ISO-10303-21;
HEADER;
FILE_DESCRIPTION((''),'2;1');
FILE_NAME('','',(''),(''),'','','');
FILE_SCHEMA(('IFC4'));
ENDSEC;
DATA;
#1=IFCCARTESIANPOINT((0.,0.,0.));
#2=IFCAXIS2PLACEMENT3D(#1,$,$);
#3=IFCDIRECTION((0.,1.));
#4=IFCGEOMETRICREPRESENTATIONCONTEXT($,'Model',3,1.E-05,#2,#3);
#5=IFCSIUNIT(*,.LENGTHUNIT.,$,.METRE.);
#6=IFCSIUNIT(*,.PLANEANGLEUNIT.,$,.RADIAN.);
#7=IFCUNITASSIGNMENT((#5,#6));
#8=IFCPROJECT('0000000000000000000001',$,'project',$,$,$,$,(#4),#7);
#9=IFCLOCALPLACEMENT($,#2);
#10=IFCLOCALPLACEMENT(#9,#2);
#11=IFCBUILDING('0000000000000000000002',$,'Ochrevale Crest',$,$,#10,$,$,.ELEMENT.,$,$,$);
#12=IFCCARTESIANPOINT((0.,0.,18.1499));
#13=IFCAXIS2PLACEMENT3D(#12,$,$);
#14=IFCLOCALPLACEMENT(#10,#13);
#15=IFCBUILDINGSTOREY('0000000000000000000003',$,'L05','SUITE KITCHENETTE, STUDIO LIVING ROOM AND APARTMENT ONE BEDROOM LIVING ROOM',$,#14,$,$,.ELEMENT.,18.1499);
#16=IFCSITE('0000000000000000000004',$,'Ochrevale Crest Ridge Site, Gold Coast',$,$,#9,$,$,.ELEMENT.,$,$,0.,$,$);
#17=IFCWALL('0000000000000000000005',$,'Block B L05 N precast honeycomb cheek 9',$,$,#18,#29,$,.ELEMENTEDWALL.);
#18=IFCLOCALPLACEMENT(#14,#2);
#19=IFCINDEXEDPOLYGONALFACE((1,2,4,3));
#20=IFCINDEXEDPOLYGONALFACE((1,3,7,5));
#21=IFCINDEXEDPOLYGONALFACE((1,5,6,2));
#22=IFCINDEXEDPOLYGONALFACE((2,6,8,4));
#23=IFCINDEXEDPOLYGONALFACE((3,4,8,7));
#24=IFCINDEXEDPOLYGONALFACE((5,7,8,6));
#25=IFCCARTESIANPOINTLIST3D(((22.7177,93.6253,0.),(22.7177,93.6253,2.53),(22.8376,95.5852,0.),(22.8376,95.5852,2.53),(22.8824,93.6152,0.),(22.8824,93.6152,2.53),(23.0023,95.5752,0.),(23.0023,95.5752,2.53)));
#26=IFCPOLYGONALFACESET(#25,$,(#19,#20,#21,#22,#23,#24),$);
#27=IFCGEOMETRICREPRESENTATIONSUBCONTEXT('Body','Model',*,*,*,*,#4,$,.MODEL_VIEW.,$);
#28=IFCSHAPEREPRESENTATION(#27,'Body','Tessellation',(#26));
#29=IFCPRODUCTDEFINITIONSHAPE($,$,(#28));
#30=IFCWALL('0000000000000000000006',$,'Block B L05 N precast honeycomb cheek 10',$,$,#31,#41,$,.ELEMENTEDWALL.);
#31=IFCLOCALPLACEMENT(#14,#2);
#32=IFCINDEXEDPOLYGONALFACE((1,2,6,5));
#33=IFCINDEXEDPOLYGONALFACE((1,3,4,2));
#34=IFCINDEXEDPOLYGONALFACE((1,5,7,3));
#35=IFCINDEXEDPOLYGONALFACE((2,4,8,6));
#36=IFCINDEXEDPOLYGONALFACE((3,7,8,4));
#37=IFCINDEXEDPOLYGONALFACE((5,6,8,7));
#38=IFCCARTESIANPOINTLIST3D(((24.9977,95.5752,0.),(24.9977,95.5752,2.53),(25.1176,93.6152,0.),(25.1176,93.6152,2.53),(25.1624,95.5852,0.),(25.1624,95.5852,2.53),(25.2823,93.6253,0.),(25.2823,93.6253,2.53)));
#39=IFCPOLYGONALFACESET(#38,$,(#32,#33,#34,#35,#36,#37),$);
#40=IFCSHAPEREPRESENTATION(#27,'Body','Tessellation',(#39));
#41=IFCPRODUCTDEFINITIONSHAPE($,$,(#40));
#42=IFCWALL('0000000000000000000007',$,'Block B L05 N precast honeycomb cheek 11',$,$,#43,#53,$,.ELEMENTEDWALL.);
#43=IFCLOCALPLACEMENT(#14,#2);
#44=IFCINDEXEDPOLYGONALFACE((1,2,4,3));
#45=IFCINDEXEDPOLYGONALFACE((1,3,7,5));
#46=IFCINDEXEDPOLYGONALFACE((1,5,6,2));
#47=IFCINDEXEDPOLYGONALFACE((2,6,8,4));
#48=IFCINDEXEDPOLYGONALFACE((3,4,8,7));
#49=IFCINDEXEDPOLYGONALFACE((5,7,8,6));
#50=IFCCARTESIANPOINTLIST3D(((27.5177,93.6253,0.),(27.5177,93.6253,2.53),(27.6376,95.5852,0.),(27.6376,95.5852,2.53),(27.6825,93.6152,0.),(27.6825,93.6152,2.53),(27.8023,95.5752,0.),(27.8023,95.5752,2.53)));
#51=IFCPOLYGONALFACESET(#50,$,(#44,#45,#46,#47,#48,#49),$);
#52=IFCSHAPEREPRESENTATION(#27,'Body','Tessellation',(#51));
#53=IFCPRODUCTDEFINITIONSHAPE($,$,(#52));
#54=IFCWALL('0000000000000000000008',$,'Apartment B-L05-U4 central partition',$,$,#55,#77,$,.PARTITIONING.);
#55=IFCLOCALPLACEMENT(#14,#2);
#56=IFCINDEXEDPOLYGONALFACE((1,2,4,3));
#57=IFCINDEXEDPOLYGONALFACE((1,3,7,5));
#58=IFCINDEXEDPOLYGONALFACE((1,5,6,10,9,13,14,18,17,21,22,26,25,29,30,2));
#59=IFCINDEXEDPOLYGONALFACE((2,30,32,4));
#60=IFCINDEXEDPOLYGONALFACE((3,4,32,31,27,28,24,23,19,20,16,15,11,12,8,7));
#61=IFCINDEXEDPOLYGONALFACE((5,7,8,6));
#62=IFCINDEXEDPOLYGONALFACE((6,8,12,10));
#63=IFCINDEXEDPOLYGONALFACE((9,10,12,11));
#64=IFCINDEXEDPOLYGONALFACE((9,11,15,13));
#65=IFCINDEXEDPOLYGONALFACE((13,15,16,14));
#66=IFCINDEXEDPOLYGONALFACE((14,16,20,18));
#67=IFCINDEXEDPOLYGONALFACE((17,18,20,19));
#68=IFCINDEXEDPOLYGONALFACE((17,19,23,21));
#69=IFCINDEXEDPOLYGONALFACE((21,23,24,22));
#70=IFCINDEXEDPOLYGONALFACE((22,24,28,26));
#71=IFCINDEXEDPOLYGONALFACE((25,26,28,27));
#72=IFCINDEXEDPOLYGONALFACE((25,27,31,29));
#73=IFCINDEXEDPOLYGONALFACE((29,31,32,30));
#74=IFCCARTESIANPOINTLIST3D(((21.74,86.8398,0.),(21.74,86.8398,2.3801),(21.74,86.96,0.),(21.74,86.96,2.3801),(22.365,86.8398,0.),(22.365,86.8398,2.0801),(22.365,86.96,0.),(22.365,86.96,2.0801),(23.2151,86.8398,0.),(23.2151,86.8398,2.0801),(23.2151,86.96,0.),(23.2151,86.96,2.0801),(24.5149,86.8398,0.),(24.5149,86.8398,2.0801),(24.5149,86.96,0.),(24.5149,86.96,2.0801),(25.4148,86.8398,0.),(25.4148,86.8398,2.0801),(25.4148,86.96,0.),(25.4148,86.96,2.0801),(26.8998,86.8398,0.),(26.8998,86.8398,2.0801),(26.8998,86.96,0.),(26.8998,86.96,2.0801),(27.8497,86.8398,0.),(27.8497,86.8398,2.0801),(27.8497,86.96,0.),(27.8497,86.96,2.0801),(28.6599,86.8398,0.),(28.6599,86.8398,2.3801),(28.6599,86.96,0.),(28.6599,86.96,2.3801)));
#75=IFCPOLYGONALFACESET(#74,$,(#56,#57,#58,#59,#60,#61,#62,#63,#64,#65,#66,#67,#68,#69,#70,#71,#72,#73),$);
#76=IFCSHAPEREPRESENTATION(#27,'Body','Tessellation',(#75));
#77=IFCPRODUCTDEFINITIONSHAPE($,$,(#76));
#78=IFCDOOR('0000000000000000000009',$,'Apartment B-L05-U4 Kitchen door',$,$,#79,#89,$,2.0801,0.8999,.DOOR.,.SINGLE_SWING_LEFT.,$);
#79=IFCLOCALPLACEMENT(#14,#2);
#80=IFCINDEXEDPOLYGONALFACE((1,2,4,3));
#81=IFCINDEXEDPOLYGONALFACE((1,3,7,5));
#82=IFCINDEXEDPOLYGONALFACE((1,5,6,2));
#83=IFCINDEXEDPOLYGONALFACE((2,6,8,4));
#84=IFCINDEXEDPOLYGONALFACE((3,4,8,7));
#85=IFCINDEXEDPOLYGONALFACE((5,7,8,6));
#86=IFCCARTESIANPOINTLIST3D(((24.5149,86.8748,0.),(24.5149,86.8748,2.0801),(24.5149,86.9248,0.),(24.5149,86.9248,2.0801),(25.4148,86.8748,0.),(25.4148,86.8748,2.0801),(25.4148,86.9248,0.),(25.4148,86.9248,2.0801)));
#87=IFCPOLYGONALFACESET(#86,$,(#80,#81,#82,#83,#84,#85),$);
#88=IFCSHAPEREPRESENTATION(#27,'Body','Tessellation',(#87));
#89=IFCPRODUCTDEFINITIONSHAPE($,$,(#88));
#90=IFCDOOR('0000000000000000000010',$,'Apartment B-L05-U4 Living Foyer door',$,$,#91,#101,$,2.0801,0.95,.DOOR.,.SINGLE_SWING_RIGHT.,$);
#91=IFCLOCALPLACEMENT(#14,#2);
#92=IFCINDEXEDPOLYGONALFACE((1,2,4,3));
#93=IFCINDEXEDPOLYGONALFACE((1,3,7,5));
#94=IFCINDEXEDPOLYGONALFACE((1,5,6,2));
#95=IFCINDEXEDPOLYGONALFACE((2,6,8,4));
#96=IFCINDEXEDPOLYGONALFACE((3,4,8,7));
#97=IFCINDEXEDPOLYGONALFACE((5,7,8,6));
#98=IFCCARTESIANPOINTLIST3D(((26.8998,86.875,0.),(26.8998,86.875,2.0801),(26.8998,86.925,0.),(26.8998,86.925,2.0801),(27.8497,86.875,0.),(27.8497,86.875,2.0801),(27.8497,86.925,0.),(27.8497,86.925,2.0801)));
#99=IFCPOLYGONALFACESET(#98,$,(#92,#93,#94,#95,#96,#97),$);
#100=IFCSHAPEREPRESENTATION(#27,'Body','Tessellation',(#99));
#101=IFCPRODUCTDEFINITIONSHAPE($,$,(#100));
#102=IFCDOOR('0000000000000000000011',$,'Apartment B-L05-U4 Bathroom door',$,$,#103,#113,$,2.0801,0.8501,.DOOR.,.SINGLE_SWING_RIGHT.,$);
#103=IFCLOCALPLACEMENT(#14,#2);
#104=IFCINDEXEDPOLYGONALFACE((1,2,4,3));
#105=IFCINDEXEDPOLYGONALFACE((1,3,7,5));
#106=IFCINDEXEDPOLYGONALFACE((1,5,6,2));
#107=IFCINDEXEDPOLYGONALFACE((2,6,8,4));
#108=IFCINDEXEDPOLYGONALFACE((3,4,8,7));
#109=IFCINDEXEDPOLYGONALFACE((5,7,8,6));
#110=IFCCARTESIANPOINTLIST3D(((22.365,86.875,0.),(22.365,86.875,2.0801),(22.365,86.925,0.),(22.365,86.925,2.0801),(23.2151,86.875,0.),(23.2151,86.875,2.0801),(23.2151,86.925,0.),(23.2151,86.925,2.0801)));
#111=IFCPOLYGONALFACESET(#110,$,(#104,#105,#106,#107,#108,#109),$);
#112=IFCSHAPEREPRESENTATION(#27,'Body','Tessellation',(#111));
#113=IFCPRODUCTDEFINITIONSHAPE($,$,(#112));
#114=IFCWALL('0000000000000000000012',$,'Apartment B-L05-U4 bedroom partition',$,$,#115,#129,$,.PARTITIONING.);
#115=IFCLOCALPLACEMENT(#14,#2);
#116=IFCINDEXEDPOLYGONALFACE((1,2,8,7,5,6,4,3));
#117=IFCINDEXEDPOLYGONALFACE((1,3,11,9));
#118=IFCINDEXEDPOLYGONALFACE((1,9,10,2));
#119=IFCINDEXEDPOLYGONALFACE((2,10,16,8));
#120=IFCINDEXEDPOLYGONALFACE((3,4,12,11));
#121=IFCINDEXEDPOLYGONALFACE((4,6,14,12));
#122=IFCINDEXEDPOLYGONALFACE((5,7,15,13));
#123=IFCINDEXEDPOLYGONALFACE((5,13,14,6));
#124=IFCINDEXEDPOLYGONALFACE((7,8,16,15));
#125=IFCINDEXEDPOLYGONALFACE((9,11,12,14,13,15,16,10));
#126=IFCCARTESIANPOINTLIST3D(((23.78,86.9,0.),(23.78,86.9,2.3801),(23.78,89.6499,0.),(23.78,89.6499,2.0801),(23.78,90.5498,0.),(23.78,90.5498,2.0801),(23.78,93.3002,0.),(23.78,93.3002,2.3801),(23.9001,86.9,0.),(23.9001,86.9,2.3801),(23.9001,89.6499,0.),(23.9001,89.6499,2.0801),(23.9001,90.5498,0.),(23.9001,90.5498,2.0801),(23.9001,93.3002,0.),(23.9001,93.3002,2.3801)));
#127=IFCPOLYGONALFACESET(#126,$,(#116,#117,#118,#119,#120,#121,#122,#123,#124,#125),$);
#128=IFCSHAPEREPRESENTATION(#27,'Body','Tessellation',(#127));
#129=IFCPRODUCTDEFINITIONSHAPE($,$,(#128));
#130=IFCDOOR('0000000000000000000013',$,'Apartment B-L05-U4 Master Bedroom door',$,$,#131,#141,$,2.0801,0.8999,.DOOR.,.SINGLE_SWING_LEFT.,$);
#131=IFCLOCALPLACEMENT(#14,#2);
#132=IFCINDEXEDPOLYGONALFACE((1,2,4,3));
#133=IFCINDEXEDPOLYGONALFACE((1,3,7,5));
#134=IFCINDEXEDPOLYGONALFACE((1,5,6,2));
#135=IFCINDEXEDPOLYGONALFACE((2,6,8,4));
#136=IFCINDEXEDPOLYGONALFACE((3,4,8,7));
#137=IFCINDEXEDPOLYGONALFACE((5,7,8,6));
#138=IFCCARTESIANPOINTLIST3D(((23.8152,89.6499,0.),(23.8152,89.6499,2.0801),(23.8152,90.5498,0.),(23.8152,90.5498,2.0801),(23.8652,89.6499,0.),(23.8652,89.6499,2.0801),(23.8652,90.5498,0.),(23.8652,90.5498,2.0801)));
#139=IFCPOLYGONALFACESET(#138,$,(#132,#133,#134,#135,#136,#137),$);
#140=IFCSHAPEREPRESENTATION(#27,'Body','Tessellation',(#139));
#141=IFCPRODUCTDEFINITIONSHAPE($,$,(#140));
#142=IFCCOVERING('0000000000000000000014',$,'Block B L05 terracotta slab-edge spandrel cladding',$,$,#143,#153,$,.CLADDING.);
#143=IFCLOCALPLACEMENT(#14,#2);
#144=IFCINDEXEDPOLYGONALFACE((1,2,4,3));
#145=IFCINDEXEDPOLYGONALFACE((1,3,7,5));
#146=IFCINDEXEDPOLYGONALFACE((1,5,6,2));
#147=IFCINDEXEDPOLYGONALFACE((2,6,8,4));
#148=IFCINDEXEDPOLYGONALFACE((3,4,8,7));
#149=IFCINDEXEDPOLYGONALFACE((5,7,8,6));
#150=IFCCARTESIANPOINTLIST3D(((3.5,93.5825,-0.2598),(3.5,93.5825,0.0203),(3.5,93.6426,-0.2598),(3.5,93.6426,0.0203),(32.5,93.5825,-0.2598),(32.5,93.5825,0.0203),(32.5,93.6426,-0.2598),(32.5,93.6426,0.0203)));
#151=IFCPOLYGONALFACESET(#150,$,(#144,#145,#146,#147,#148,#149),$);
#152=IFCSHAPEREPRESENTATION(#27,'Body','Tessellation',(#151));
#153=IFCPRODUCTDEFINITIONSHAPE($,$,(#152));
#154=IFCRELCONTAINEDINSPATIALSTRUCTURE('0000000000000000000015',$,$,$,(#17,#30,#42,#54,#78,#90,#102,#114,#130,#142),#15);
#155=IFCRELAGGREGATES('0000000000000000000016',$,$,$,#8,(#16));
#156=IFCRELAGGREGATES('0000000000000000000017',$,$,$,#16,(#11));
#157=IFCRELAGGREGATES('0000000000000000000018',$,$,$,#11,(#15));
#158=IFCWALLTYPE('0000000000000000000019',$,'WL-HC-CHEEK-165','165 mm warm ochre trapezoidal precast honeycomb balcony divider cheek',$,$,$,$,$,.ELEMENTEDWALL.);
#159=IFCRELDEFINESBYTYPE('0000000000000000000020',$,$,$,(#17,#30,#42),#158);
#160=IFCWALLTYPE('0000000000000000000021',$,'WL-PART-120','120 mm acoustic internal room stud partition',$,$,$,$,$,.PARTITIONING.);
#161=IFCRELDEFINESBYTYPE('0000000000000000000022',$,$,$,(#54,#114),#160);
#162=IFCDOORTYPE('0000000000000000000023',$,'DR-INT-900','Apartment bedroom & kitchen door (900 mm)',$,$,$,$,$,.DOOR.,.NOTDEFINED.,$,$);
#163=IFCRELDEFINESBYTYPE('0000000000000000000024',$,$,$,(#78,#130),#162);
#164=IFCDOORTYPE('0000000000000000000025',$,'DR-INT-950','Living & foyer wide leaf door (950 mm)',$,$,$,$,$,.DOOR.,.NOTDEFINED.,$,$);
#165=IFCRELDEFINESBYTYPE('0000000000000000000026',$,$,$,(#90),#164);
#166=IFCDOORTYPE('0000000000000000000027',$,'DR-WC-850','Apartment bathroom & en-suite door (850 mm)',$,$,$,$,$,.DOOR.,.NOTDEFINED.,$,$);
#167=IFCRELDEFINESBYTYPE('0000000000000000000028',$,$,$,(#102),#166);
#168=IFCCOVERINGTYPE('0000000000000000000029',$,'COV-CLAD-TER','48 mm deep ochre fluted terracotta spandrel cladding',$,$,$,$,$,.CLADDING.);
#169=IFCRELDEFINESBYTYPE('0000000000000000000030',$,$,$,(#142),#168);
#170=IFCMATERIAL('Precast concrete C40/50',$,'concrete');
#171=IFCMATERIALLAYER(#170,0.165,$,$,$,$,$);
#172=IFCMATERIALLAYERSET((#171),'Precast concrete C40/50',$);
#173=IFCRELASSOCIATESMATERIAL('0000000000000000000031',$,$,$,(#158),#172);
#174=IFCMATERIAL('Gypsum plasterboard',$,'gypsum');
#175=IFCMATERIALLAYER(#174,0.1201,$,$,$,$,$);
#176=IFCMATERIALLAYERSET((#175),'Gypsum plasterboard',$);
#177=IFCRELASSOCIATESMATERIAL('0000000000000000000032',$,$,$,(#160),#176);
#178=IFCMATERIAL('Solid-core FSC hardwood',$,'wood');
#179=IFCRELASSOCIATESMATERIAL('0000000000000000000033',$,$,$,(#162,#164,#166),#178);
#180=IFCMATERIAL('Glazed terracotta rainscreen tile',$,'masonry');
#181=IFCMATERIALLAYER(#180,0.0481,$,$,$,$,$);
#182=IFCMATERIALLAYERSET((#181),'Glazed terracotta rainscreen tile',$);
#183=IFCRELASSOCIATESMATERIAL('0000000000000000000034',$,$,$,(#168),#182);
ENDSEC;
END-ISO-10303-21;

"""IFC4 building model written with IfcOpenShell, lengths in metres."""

from ifc_helpers import new_model, si_unit, direction, frame, frame_2d, origin, origin_2d, place, context, subcontext, project, spatial, rectangle, extrude, material, layer, layer_set, type_object, element, fill, save


model = new_model("IFC4")

# Units and contexts
model_context = context("Model", 3, precision=1e-05, world=origin(), true_north=direction((0.0, 1.0)))
body_context = subcontext(model_context, "Body", "Model", "MODEL_VIEW")
ifc_project = project(units=[si_unit("LENGTHUNIT", "METRE"), si_unit("PLANEANGLEUNIT", "RADIAN")], contexts=[model_context])

# Site, building, storey
site_placement = place(None, origin())
site = spatial("IfcSite", under=ifc_project, at=site_placement, Name="Ochrevale Crest Ridge Site, Gold Coast", CompositionType="ELEMENT", RefElevation=0.0)
building_placement = place(site_placement, origin())
building = spatial("IfcBuilding", under=site, at=building_placement, Name="Ochrevale Crest", CompositionType="ELEMENT")
storey_placement = place(building_placement, frame((0.0, 0.0, 18.1499)))
storey = spatial("IfcBuildingStorey", under=building, at=storey_placement, Name="L05", Description="SUITE KITCHENETTE, STUDIO LIVING ROOM AND APARTMENT ONE BEDROOM LIVING ROOM", CompositionType="ELEMENT", Elevation=18.1499)

# Shared definitions
ifc_material_1 = material(Name="Precast concrete C40/50", Category="concrete")

# Walls
ifc_layer_1 = layer(ifc_material_1, 0.165)
ifc_layer_set_1 = layer_set([ifc_layer_1], Name="Precast concrete C40/50")
wall_type_1 = type_object("IfcWallType", Name="WL-HC-CHEEK-165", Description="165 mm warm ochre trapezoidal precast honeycomb balcony divider cheek", PredefinedType="ELEMENTEDWALL", material=ifc_layer_set_1)
for number, where, z_axis, x_axis, name in (
    (1, (22.8, 93.6201, 0.0), (0.0, 0.0, 1.0), (0.061047, 0.998135, 0.0), "Block B L05 N precast honeycomb cheek 9"),
    (2, (25.2, 93.6201, 0.0), (0.0, 0.0, 1.0), (-0.061047, 0.998135, 0.0), "Block B L05 N precast honeycomb cheek 10"),
    (3, (27.6001, 93.6201, 0.0), (0.0, 0.0, 1.0), (0.061047, 0.998135, 0.0), "Block B L05 N precast honeycomb cheek 11"),
):
    element("IfcWall", number, at=place(storey_placement, frame(where, z_axis=z_axis, x_axis=x_axis)), inside=storey, type_object=wall_type_1, Name=name, PredefinedType="ELEMENTEDWALL", context=body_context, shape_type="SweptSolid", body=[
        extrude(rectangle(XDim=1.9636, YDim=0.165, at=frame_2d((0.9819, 0.0))), origin(), (0.0, 0.0, 1.0), 2.53),
    ])

# Wall, openings, doors
ifc_material_2 = material(Name="Gypsum plasterboard", Category="gypsum")
ifc_layer_2 = layer(ifc_material_2, 0.1201)
ifc_layer_set_2 = layer_set([ifc_layer_2], Name="Gypsum plasterboard")
wall_type_2 = type_object("IfcWallType", Name="WL-PART-120", Description="120 mm acoustic internal room stud partition", PredefinedType="PARTITIONING", material=ifc_layer_set_2)
wall_1_placement = place(storey_placement, frame((21.74, 86.8999, 0.0), z_axis=(0.0, 0.0, 1.0), x_axis=(1.0, 0.0, 0.0)))
wall_1 = element("IfcWall", 4, at=wall_1_placement, inside=storey, type_object=wall_type_2, Name="Apartment B-L05-U4 central partition", PredefinedType="PARTITIONING", context=body_context, shape_type="SweptSolid", body=[
    extrude(rectangle(XDim=6.9199, YDim=0.1201, at=frame_2d((3.46, 0.0))), origin(), (0.0, 0.0, 1.0), 2.3801),
])
opening_1_placement = place(wall_1_placement, frame((1.4751, 0.0, 0.0), z_axis=(0.0, 0.0, 1.0), x_axis=(-1.0, 0.0, 0.0)))
opening_1 = element("IfcOpeningElement", 5, at=opening_1_placement, cuts=wall_1, PredefinedType="OPENING", context=body_context, shape_type="SweptSolid", body=[
    extrude(rectangle(XDim=0.8501, YDim=2.0801, at=frame_2d((0.425, 1.04))), frame((0.0, 0.0701, 0.0), z_axis=(0.0, -1.0, 0.0), x_axis=(1.0, 0.0, 0.0)), (0.0, 0.0, 1.0), 0.1401),
])
opening_2_placement = place(wall_1_placement, frame((2.7749, 0.0, 0.0)))
opening_2 = element("IfcOpeningElement", 6, at=opening_2_placement, cuts=wall_1, PredefinedType="OPENING", context=body_context, shape_type="SweptSolid", body=[
    extrude(rectangle(XDim=0.8999, YDim=2.0801, at=frame_2d((0.45, 1.04))), frame((0.0, 0.0701, 0.0), z_axis=(0.0, -1.0, 0.0), x_axis=(1.0, 0.0, 0.0)), (0.0, 0.0, 1.0), 0.1401),
])
opening_3_placement = place(wall_1_placement, frame((6.1099, 0.0, 0.0), z_axis=(0.0, 0.0, 1.0), x_axis=(-1.0, 0.0, 0.0)))
opening_3 = element("IfcOpeningElement", 7, at=opening_3_placement, cuts=wall_1, PredefinedType="OPENING", context=body_context, shape_type="SweptSolid", body=[
    extrude(rectangle(XDim=0.95, YDim=2.0801, at=frame_2d((0.4751, 1.04))), frame((0.0, 0.0701, 0.0), z_axis=(0.0, -1.0, 0.0), x_axis=(1.0, 0.0, 0.0)), (0.0, 0.0, 1.0), 0.1401),
])
ifc_material_3 = material(Name="Solid-core FSC hardwood", Category="wood")
door_type_1 = type_object("IfcDoorType", Name="DR-INT-900", Description="Apartment bedroom & kitchen door (900 mm)", OperationType="NOTDEFINED", PredefinedType="DOOR", material=ifc_material_3)
door_1_placement = place(opening_2_placement, origin())
door_1 = element("IfcDoor", 8, at=door_1_placement, inside=storey, type_object=door_type_1, Name="Apartment B-L05-U4 Kitchen door", OperationType="SINGLE_SWING_LEFT", OverallHeight=2.0801, OverallWidth=0.8999, PredefinedType="DOOR", context=body_context, shape_type="SweptSolid", body=[
    extrude(rectangle(XDim=0.8999, YDim=2.0801, at=frame_2d((0.45, 1.04))), frame((0.0, 0.0249, 0.0), z_axis=(0.0, -1.0, 0.0), x_axis=(1.0, 0.0, 0.0)), (0.0, 0.0, 1.0), 0.05),
])
fill(opening_2, door_1)
door_type_2 = type_object("IfcDoorType", Name="DR-INT-950", Description="Living & foyer wide leaf door (950 mm)", OperationType="NOTDEFINED", PredefinedType="DOOR", material=ifc_material_3)
door_2_placement = place(opening_3_placement, origin())
door_2 = element("IfcDoor", 9, at=door_2_placement, inside=storey, type_object=door_type_2, Name="Apartment B-L05-U4 Living Foyer door", OperationType="SINGLE_SWING_RIGHT", OverallHeight=2.0801, OverallWidth=0.95, PredefinedType="DOOR", context=body_context, shape_type="SweptSolid", body=[
    extrude(rectangle(XDim=0.95, YDim=2.0801, at=frame_2d((0.4751, 1.04))), frame((0.0, 0.0249, 0.0), z_axis=(0.0, -1.0, 0.0), x_axis=(1.0, 0.0, 0.0)), (0.0, 0.0, 1.0), 0.05),
])
fill(opening_3, door_2)
door_type_3 = type_object("IfcDoorType", Name="DR-WC-850", Description="Apartment bathroom & en-suite door (850 mm)", OperationType="NOTDEFINED", PredefinedType="DOOR", material=ifc_material_3)
door_3_placement = place(opening_1_placement, origin())
door_3 = element("IfcDoor", 10, at=door_3_placement, inside=storey, type_object=door_type_3, Name="Apartment B-L05-U4 Bathroom door", OperationType="SINGLE_SWING_RIGHT", OverallHeight=2.0801, OverallWidth=0.8501, PredefinedType="DOOR", context=body_context, shape_type="SweptSolid", body=[
    extrude(rectangle(XDim=0.8501, YDim=2.0801, at=frame_2d((0.425, 1.04))), frame((0.0, 0.0249, 0.0), z_axis=(0.0, -1.0, 0.0), x_axis=(1.0, 0.0, 0.0)), (0.0, 0.0, 1.0), 0.05),
])
fill(opening_1, door_3)

# Wall, opening, door
wall_2_placement = place(storey_placement, frame((23.8401, 86.8999, 0.0), z_axis=(0.0, 0.0, 1.0), x_axis=(0.0, 1.0, 0.0)))
wall_2 = element("IfcWall", 11, at=wall_2_placement, inside=storey, type_object=wall_type_2, Name="Apartment B-L05-U4 bedroom partition", PredefinedType="PARTITIONING", context=body_context, shape_type="SweptSolid", body=[
    extrude(rectangle(XDim=6.4001, YDim=0.1201, at=frame_2d((3.2002, 0.0))), origin(), (0.0, 0.0, 1.0), 2.3801),
])
opening_4_placement = place(wall_2_placement, frame((2.75, 0.0, 0.0)))
opening_4 = element("IfcOpeningElement", 12, at=opening_4_placement, cuts=wall_2, PredefinedType="OPENING", context=body_context, shape_type="SweptSolid", body=[
    extrude(rectangle(XDim=0.8999, YDim=2.0801, at=frame_2d((0.45, 1.04))), frame((0.0, 0.0701, 0.0), z_axis=(0.0, -1.0, 0.0), x_axis=(1.0, 0.0, 0.0)), (0.0, 0.0, 1.0), 0.1401),
])
door_4_placement = place(opening_4_placement, origin())
door_4 = element("IfcDoor", 13, at=door_4_placement, inside=storey, type_object=door_type_1, Name="Apartment B-L05-U4 Master Bedroom door", OperationType="SINGLE_SWING_LEFT", OverallHeight=2.0801, OverallWidth=0.8999, PredefinedType="DOOR", context=body_context, shape_type="SweptSolid", body=[
    extrude(rectangle(XDim=0.8999, YDim=2.0801, at=frame_2d((0.45, 1.04))), frame((0.0, 0.0249, 0.0), z_axis=(0.0, -1.0, 0.0), x_axis=(1.0, 0.0, 0.0)), (0.0, 0.0, 1.0), 0.05),
])
fill(opening_4, door_4)

# Covering
ifc_material_4 = material(Name="Glazed terracotta rainscreen tile", Category="masonry")
ifc_layer_3 = layer(ifc_material_4, 0.0481)
ifc_layer_set_3 = layer_set([ifc_layer_3], Name="Glazed terracotta rainscreen tile")
covering_type = type_object("IfcCoveringType", Name="COV-CLAD-TER", Description="48 mm deep ochre fluted terracotta spandrel cladding", PredefinedType="CLADDING", material=ifc_layer_set_3)
covering_placement = place(storey_placement, frame((18.0, 93.6125, -0.2598), z_axis=(0.0, 0.0, 1.0), x_axis=(-1.0, 0.0, 0.0)))
element("IfcCovering", 14, at=covering_placement, inside=storey, type_object=covering_type, Name="Block B L05 terracotta slab-edge spandrel cladding", PredefinedType="CLADDING", context=body_context, shape_type="SweptSolid", body=[
    extrude(rectangle(XDim=29.0, YDim=0.0601, at=origin_2d()), origin(), (0.0, 0.0, 1.0), 0.28),
])

save(model, "model.ifc")
